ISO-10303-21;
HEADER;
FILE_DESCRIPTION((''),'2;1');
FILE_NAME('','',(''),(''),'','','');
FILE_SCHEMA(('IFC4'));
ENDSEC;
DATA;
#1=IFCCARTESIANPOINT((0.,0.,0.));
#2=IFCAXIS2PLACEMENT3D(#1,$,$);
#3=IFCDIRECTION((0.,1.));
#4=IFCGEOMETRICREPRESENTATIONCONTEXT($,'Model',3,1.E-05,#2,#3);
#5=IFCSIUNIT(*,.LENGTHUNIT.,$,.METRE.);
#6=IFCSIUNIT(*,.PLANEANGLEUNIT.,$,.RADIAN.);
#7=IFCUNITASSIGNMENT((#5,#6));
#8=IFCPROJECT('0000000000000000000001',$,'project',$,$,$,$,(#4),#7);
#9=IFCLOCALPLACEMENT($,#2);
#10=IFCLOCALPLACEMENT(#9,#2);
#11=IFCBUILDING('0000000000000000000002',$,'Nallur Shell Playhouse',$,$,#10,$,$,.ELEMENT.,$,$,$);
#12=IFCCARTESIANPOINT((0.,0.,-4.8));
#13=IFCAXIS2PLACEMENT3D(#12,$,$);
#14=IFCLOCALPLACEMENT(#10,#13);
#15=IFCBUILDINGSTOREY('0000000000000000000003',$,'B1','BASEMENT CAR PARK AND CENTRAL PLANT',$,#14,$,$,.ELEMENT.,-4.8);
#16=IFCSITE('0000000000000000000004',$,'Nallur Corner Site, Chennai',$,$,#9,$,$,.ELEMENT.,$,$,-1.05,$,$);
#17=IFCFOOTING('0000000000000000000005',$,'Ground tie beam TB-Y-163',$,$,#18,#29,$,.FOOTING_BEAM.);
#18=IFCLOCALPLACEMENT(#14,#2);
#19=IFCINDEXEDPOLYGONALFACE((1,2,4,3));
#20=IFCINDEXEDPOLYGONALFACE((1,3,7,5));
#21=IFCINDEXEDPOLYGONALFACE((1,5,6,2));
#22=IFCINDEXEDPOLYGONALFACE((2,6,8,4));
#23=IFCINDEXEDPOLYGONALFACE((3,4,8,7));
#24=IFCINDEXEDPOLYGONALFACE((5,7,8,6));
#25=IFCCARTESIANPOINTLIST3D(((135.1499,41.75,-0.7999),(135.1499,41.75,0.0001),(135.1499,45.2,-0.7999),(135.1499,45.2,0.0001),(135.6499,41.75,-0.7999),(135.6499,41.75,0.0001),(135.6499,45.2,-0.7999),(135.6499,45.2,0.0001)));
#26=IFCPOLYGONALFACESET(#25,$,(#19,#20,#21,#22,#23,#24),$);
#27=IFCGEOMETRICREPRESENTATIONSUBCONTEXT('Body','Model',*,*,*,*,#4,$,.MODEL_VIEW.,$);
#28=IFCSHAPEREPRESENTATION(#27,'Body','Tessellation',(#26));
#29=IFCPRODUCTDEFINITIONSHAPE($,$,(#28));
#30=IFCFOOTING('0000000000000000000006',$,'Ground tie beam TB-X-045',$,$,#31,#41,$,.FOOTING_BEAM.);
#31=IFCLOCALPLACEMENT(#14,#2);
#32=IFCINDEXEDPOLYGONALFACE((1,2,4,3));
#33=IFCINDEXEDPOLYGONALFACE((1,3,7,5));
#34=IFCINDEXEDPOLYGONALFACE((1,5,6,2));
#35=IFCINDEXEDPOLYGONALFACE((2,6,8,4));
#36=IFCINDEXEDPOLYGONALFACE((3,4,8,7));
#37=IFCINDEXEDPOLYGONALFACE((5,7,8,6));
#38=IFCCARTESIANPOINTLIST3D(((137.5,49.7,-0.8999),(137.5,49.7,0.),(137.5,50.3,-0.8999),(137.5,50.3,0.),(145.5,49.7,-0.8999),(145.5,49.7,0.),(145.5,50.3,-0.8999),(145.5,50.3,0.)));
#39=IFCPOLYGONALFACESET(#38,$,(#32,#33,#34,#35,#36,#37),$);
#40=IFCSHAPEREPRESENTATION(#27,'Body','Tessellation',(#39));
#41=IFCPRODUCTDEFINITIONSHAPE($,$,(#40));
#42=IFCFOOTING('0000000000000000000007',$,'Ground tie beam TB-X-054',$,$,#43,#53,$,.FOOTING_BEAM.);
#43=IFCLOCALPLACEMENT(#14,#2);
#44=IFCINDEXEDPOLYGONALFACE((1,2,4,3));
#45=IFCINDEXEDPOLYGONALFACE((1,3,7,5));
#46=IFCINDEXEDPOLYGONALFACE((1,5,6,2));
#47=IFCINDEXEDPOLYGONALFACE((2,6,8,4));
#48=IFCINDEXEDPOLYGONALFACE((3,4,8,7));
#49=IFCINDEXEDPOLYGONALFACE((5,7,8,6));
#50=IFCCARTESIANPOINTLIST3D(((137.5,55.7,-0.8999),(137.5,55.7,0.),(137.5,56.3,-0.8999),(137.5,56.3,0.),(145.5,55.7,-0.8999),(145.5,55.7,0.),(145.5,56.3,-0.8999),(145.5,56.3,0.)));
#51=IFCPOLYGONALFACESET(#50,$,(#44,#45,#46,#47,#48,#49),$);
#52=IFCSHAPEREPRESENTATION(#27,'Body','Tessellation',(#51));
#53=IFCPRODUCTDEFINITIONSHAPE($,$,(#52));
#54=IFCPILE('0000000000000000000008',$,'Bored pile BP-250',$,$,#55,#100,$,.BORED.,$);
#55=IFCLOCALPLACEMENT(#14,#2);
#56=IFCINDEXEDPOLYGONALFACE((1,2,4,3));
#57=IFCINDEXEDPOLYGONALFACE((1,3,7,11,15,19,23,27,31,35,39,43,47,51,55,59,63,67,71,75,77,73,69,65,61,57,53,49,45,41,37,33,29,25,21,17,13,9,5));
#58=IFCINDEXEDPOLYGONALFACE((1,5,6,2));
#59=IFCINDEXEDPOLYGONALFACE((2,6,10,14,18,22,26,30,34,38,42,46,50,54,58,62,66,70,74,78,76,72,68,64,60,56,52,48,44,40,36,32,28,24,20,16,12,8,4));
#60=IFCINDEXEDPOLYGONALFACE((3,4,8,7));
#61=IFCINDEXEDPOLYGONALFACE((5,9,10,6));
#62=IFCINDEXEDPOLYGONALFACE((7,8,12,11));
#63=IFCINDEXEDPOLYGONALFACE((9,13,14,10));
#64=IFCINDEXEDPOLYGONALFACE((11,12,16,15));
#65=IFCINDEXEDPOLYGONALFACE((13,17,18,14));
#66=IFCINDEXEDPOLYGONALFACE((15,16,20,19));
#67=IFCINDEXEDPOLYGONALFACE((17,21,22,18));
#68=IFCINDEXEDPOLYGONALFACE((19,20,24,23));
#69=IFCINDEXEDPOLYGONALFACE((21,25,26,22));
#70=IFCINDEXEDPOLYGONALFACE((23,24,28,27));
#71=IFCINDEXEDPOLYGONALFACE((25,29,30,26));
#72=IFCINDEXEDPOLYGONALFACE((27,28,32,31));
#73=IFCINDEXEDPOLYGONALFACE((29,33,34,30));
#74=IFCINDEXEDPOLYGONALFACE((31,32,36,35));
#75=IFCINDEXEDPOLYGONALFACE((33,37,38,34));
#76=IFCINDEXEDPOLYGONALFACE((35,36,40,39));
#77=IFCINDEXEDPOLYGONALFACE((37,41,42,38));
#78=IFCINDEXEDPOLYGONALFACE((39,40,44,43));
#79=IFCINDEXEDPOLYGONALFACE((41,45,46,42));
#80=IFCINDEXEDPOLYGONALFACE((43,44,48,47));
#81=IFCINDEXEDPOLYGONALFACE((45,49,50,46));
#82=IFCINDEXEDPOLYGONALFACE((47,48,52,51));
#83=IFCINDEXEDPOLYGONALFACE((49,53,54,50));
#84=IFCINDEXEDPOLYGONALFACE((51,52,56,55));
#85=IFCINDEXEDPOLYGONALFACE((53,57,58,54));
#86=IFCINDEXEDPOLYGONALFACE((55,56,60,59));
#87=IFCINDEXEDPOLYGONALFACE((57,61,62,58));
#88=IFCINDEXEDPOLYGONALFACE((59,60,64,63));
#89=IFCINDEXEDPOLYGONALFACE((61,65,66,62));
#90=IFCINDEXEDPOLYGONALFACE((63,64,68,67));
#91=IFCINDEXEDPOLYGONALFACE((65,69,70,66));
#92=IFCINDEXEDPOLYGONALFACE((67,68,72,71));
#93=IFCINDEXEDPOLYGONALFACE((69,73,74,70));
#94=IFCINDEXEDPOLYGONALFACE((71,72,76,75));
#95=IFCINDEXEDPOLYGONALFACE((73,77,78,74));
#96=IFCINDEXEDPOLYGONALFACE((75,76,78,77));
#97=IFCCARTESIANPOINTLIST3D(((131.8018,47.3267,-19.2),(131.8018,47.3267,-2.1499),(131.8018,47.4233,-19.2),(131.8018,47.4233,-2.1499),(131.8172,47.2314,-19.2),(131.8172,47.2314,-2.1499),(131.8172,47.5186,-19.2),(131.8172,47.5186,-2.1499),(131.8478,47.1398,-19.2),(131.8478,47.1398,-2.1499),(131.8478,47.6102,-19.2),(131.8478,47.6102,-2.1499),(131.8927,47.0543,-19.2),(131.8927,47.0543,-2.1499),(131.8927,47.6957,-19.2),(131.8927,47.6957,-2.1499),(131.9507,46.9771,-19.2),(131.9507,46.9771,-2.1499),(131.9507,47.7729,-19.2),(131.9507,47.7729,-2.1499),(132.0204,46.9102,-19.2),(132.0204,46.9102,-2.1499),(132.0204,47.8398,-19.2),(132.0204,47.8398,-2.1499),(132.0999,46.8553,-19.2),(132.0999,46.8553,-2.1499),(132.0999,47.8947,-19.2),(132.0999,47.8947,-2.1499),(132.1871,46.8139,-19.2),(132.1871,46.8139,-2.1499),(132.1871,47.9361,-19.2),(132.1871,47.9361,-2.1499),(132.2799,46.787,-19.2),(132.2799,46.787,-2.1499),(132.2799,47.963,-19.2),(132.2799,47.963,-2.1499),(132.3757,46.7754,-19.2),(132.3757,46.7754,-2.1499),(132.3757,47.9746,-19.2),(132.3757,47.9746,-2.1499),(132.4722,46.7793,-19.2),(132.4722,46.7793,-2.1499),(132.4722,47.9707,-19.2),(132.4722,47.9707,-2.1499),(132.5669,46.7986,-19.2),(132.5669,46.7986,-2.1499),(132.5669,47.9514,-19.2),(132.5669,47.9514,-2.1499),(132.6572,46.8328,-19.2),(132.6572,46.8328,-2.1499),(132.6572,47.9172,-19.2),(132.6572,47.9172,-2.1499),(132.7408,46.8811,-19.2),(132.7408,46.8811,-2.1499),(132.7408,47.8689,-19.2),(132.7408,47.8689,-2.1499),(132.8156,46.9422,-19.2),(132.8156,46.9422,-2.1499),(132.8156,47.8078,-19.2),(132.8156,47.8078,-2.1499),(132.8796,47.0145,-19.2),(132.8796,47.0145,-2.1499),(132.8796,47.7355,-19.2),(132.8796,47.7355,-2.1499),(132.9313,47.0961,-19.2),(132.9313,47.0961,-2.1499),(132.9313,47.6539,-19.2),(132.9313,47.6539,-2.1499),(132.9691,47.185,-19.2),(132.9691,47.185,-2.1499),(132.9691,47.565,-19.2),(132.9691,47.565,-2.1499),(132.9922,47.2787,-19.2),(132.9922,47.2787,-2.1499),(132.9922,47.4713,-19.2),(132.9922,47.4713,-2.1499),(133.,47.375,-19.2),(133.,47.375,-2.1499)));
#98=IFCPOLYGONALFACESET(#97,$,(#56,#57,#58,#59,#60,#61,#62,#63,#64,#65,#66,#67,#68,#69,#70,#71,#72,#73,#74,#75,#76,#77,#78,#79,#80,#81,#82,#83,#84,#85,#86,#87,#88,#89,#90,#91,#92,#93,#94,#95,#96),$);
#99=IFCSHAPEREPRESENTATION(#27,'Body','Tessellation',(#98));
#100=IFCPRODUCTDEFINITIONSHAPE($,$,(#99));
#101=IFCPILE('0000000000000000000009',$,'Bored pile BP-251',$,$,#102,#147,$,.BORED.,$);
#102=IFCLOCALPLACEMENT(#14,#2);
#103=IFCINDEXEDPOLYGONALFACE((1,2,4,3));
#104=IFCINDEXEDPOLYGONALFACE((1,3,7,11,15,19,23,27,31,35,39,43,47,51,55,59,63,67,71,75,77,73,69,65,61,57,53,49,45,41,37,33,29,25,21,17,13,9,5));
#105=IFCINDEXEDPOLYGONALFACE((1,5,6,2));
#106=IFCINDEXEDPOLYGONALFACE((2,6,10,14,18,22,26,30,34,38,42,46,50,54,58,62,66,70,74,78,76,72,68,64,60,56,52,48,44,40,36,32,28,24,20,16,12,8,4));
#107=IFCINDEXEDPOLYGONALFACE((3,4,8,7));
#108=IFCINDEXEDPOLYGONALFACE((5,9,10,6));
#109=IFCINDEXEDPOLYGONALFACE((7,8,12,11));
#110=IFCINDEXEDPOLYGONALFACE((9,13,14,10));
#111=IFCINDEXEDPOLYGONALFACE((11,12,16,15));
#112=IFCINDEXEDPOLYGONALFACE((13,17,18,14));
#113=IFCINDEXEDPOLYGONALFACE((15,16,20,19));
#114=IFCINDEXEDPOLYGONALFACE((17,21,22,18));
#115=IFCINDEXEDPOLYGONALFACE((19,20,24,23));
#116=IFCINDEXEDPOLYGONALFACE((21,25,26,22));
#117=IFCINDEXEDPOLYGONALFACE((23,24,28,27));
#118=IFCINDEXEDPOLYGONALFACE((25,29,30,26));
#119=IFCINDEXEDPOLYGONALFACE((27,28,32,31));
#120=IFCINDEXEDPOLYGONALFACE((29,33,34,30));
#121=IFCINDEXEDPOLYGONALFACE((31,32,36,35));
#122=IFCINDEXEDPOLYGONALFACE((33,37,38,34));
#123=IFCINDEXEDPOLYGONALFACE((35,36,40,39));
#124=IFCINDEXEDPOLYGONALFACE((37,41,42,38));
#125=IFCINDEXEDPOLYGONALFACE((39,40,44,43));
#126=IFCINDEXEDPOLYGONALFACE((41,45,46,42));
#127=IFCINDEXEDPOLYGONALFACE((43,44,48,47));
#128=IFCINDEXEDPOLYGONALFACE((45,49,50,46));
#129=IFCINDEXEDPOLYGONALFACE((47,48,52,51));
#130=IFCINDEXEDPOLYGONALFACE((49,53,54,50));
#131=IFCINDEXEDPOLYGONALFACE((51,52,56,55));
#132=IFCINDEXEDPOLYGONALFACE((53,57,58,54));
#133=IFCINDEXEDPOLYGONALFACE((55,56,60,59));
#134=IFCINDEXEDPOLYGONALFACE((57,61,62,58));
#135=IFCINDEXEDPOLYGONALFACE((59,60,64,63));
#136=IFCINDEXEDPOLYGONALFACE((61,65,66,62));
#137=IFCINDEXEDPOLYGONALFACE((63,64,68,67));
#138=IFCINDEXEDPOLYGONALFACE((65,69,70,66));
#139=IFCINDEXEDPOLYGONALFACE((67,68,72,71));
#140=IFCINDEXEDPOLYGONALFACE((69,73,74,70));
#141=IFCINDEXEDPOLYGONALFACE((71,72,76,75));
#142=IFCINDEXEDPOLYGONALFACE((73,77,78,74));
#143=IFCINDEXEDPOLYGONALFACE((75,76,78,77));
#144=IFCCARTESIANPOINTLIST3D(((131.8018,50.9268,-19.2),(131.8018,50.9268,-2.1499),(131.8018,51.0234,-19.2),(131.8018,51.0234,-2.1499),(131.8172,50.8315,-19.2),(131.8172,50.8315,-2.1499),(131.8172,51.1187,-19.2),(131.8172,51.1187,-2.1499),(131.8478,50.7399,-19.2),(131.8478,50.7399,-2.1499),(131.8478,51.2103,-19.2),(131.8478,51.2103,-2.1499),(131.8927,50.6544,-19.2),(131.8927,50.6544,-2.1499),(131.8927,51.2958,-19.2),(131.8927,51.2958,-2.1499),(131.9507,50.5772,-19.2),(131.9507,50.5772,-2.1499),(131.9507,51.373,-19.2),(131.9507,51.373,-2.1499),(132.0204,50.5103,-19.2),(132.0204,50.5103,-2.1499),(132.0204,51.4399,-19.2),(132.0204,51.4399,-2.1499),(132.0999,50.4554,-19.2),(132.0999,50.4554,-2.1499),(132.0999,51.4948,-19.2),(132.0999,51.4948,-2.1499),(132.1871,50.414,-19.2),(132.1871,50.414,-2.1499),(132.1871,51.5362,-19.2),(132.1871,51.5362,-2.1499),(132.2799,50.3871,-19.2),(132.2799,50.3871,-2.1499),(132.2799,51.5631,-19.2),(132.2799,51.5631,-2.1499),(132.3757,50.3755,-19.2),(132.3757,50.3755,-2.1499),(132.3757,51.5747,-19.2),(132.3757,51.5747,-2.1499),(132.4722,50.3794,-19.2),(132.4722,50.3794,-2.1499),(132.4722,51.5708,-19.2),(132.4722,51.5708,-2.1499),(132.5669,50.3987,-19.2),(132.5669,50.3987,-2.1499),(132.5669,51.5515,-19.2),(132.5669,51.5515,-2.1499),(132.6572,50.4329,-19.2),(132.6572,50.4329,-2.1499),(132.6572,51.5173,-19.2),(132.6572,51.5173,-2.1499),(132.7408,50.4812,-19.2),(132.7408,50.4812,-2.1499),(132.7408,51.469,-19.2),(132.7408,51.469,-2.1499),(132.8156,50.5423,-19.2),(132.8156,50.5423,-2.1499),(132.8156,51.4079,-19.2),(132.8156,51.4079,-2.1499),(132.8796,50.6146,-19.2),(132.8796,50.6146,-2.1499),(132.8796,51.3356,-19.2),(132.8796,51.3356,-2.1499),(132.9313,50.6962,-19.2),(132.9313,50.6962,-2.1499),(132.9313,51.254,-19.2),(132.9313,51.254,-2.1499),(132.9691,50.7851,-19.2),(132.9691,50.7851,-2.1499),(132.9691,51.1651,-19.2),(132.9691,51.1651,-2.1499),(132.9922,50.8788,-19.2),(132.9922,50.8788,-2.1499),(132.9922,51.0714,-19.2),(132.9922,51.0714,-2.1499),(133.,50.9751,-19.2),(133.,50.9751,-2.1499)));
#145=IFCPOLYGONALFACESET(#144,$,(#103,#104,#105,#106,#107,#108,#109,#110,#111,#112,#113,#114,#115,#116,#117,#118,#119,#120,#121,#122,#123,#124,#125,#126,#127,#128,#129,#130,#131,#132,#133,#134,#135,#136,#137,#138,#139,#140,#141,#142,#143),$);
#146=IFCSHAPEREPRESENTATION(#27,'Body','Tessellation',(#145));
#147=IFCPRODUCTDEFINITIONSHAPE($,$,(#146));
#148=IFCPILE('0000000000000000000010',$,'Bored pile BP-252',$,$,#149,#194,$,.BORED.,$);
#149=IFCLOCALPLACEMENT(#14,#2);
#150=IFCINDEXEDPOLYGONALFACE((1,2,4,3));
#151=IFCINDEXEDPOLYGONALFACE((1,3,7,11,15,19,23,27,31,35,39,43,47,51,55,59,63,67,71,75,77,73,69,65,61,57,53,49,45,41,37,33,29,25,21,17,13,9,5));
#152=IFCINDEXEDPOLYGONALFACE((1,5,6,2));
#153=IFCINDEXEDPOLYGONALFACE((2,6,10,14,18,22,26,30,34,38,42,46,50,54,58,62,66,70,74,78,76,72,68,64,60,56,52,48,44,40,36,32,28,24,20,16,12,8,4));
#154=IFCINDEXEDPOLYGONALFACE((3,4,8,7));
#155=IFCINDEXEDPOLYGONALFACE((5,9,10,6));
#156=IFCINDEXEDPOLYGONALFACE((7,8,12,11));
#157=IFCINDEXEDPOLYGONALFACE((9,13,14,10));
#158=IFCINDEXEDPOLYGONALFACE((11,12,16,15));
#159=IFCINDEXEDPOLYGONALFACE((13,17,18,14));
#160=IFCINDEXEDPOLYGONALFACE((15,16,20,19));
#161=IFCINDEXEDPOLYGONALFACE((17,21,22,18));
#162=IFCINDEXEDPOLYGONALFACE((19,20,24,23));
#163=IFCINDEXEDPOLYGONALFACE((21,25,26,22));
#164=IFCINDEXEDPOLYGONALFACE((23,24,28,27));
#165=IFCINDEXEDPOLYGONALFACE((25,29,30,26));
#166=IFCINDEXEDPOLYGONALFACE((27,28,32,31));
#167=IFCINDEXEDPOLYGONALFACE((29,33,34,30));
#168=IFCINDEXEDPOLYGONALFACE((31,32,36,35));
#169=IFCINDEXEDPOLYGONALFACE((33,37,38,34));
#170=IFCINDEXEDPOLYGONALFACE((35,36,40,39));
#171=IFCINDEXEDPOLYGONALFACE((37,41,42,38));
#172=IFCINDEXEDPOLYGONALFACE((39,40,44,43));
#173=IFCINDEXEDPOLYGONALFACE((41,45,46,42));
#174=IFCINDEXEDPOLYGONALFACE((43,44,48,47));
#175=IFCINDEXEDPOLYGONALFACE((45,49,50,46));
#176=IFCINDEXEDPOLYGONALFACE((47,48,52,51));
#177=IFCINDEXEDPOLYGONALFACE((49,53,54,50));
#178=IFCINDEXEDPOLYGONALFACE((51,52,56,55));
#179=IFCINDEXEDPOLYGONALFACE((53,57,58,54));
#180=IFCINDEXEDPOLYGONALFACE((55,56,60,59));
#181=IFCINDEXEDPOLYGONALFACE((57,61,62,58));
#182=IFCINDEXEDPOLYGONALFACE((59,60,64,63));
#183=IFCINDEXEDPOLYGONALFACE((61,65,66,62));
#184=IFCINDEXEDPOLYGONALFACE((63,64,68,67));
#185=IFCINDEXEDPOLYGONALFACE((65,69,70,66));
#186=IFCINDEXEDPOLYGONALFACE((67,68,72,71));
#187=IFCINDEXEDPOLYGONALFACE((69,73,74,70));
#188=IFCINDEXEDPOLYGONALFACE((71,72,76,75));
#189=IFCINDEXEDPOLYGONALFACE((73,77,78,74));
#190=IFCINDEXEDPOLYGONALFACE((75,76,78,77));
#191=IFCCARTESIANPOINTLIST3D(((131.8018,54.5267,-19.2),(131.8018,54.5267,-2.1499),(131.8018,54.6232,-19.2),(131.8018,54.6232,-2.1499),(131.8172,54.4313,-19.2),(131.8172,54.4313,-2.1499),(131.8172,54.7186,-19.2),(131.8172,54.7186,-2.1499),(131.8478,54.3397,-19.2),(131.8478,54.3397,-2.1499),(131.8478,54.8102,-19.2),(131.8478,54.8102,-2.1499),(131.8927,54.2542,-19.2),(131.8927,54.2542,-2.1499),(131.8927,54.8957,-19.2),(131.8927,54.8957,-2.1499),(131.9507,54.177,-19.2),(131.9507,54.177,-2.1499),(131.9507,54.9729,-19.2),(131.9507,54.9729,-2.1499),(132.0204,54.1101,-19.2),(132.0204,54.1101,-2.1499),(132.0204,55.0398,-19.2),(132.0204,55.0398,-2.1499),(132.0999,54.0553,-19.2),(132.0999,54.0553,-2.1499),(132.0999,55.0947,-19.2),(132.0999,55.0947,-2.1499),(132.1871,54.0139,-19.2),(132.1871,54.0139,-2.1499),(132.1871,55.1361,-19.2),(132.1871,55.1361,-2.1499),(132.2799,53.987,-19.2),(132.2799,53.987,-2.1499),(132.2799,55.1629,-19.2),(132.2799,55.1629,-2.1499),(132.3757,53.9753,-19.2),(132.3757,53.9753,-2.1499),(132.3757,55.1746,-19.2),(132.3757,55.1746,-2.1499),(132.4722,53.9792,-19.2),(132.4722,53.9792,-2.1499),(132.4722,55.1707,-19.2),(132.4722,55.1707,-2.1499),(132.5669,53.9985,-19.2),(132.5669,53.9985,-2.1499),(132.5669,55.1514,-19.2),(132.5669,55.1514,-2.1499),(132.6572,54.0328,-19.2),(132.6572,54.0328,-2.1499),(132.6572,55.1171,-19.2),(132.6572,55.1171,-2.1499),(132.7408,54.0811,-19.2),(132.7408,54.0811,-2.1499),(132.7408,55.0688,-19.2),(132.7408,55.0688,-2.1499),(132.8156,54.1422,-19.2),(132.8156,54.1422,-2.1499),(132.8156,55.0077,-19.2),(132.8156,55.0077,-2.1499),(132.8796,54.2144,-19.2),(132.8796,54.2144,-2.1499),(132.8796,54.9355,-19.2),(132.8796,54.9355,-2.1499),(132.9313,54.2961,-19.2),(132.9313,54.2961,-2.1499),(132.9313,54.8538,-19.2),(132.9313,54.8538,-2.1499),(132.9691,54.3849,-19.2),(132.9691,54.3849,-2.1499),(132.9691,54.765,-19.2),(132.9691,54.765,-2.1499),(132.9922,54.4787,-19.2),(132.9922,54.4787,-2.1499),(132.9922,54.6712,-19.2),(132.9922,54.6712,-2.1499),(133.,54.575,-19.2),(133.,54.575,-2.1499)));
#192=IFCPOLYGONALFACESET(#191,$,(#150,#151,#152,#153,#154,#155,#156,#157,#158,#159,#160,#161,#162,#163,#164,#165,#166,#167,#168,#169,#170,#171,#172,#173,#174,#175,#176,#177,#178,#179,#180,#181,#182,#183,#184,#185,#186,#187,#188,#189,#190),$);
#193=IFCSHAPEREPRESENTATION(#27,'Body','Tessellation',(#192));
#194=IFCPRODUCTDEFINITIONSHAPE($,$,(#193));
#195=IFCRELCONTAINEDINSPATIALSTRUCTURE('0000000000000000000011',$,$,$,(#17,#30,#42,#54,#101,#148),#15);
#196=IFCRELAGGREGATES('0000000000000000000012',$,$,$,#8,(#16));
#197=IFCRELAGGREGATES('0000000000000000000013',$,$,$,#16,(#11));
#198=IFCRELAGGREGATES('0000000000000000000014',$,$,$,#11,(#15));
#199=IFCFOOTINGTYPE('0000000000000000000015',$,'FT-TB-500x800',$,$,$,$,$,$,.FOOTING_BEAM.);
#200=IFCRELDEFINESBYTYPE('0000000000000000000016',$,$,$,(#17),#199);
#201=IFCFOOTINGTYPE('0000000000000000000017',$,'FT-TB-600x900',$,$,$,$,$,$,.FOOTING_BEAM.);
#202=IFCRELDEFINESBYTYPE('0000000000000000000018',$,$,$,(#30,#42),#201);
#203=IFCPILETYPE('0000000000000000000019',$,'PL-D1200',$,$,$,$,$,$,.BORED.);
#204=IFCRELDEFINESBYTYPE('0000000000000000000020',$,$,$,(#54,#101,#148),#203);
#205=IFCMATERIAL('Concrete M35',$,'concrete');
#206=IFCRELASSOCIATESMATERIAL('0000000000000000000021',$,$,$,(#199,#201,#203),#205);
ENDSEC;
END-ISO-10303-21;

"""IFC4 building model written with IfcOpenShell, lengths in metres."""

from ifc_helpers import new_model, si_unit, direction, frame, origin, origin_2d, place, context, subcontext, project, spatial, rectangle, circle, extrude, material, material_profile, profile_set, type_object, element, save


model = new_model("IFC4")

# Units and contexts
model_context = context("Model", 3, precision=1e-05, world=origin(), true_north=direction((0.0, 1.0)))
body_context = subcontext(model_context, "Body", "Model", "MODEL_VIEW")
ifc_project = project(units=[si_unit("LENGTHUNIT", "METRE"), si_unit("PLANEANGLEUNIT", "RADIAN")], contexts=[model_context])

# Site, building, storey
site_placement = place(None, origin())
site = spatial("IfcSite", under=ifc_project, at=site_placement, Name="Nallur Corner Site, Chennai", CompositionType="ELEMENT", RefElevation=-1.05)
building_placement = place(site_placement, origin())
building = spatial("IfcBuilding", under=site, at=building_placement, Name="Nallur Shell Playhouse", CompositionType="ELEMENT")
storey_placement = place(building_placement, frame((0.0, 0.0, -4.8)))
storey = spatial("IfcBuildingStorey", under=building, at=storey_placement, Name="B1", Description="BASEMENT CAR PARK AND CENTRAL PLANT", CompositionType="ELEMENT", Elevation=-4.8)

# Footings
ifc_material_1 = material(Name="Concrete M35", Category="concrete")
ifc_material_profile_1 = material_profile(ifc_material_1, rectangle(XDim=0.5, YDim=0.8, at=origin_2d()), Name="RC 500x800")
ifc_profile_set_1 = profile_set([ifc_material_profile_1], Name="Concrete M35")
footing_type_1 = type_object("IfcFootingType", Name="FT-TB-500x800", PredefinedType="FOOTING_BEAM", material=ifc_profile_set_1)
footing_placement = place(storey_placement, frame((135.3999, 41.75, -0.3999), z_axis=(0.0, 1.0, 0.0), x_axis=(-1.0, 0.0, 0.0)))
element("IfcFooting", 1, at=footing_placement, inside=storey, type_object=footing_type_1, Name="Ground tie beam TB-Y-163", PredefinedType="FOOTING_BEAM", context=body_context, shape_type="SweptSolid", body=[
    extrude(rectangle(XDim=0.5, YDim=0.8, at=origin_2d()), origin(), (0.0, 0.0, 1.0), 3.45),
])
ifc_material_profile_2 = material_profile(ifc_material_1, rectangle(XDim=0.6001, YDim=0.8999, at=origin_2d()), Name="RC 600x900")
ifc_profile_set_2 = profile_set([ifc_material_profile_2], Name="Concrete M35")
footing_type_2 = type_object("IfcFootingType", Name="FT-TB-600x900", PredefinedType="FOOTING_BEAM", material=ifc_profile_set_2)
for number, where, z_axis, x_axis, name in (
    (2, (137.5, 50.0, -0.45), (1.0, 0.0, 0.0), (0.0, 1.0, 0.0), "Ground tie beam TB-X-045"),
    (3, (137.5, 56.0, -0.45), (1.0, 0.0, 0.0), (0.0, 1.0, 0.0), "Ground tie beam TB-X-054"),
):
    element("IfcFooting", number, at=place(storey_placement, frame(where, z_axis=z_axis, x_axis=x_axis)), inside=storey, type_object=footing_type_2, Name=name, PredefinedType="FOOTING_BEAM", context=body_context, shape_type="SweptSolid", body=[
        extrude(rectangle(XDim=0.6001, YDim=0.8999, at=origin_2d()), origin(), (0.0, 0.0, 1.0), 8.0),
    ])

# Piles
ifc_material_profile_3 = material_profile(ifc_material_1, circle(Radius=0.6001, at=origin_2d()), Name="BORED PILE D1200")
ifc_profile_set_3 = profile_set([ifc_material_profile_3], Name="Concrete M35")
pile_type = type_object("IfcPileType", Name="PL-D1200", PredefinedType="BORED", material=ifc_profile_set_3)
for number, where, z_axis, x_axis, name in (
    (4, (132.3999, 47.375, -2.1499), (0.0, 0.0, -1.0), (1.0, 0.0, 0.0), "Bored pile BP-250"),
    (5, (132.3999, 50.9751, -2.1499), (0.0, 0.0, -1.0), (1.0, 0.0, 0.0), "Bored pile BP-251"),
    (6, (132.3999, 54.575, -2.1499), (0.0, 0.0, -1.0), (1.0, 0.0, 0.0), "Bored pile BP-252"),
):
    element("IfcPile", number, at=place(storey_placement, frame(where, z_axis=z_axis, x_axis=x_axis)), inside=storey, type_object=pile_type, Name=name, PredefinedType="BORED", context=body_context, shape_type="SweptSolid", body=[
        extrude(circle(Radius=0.6001, at=origin_2d()), origin(), (0.0, 0.0, 1.0), 17.05),
    ])

save(model, "model.ifc")
